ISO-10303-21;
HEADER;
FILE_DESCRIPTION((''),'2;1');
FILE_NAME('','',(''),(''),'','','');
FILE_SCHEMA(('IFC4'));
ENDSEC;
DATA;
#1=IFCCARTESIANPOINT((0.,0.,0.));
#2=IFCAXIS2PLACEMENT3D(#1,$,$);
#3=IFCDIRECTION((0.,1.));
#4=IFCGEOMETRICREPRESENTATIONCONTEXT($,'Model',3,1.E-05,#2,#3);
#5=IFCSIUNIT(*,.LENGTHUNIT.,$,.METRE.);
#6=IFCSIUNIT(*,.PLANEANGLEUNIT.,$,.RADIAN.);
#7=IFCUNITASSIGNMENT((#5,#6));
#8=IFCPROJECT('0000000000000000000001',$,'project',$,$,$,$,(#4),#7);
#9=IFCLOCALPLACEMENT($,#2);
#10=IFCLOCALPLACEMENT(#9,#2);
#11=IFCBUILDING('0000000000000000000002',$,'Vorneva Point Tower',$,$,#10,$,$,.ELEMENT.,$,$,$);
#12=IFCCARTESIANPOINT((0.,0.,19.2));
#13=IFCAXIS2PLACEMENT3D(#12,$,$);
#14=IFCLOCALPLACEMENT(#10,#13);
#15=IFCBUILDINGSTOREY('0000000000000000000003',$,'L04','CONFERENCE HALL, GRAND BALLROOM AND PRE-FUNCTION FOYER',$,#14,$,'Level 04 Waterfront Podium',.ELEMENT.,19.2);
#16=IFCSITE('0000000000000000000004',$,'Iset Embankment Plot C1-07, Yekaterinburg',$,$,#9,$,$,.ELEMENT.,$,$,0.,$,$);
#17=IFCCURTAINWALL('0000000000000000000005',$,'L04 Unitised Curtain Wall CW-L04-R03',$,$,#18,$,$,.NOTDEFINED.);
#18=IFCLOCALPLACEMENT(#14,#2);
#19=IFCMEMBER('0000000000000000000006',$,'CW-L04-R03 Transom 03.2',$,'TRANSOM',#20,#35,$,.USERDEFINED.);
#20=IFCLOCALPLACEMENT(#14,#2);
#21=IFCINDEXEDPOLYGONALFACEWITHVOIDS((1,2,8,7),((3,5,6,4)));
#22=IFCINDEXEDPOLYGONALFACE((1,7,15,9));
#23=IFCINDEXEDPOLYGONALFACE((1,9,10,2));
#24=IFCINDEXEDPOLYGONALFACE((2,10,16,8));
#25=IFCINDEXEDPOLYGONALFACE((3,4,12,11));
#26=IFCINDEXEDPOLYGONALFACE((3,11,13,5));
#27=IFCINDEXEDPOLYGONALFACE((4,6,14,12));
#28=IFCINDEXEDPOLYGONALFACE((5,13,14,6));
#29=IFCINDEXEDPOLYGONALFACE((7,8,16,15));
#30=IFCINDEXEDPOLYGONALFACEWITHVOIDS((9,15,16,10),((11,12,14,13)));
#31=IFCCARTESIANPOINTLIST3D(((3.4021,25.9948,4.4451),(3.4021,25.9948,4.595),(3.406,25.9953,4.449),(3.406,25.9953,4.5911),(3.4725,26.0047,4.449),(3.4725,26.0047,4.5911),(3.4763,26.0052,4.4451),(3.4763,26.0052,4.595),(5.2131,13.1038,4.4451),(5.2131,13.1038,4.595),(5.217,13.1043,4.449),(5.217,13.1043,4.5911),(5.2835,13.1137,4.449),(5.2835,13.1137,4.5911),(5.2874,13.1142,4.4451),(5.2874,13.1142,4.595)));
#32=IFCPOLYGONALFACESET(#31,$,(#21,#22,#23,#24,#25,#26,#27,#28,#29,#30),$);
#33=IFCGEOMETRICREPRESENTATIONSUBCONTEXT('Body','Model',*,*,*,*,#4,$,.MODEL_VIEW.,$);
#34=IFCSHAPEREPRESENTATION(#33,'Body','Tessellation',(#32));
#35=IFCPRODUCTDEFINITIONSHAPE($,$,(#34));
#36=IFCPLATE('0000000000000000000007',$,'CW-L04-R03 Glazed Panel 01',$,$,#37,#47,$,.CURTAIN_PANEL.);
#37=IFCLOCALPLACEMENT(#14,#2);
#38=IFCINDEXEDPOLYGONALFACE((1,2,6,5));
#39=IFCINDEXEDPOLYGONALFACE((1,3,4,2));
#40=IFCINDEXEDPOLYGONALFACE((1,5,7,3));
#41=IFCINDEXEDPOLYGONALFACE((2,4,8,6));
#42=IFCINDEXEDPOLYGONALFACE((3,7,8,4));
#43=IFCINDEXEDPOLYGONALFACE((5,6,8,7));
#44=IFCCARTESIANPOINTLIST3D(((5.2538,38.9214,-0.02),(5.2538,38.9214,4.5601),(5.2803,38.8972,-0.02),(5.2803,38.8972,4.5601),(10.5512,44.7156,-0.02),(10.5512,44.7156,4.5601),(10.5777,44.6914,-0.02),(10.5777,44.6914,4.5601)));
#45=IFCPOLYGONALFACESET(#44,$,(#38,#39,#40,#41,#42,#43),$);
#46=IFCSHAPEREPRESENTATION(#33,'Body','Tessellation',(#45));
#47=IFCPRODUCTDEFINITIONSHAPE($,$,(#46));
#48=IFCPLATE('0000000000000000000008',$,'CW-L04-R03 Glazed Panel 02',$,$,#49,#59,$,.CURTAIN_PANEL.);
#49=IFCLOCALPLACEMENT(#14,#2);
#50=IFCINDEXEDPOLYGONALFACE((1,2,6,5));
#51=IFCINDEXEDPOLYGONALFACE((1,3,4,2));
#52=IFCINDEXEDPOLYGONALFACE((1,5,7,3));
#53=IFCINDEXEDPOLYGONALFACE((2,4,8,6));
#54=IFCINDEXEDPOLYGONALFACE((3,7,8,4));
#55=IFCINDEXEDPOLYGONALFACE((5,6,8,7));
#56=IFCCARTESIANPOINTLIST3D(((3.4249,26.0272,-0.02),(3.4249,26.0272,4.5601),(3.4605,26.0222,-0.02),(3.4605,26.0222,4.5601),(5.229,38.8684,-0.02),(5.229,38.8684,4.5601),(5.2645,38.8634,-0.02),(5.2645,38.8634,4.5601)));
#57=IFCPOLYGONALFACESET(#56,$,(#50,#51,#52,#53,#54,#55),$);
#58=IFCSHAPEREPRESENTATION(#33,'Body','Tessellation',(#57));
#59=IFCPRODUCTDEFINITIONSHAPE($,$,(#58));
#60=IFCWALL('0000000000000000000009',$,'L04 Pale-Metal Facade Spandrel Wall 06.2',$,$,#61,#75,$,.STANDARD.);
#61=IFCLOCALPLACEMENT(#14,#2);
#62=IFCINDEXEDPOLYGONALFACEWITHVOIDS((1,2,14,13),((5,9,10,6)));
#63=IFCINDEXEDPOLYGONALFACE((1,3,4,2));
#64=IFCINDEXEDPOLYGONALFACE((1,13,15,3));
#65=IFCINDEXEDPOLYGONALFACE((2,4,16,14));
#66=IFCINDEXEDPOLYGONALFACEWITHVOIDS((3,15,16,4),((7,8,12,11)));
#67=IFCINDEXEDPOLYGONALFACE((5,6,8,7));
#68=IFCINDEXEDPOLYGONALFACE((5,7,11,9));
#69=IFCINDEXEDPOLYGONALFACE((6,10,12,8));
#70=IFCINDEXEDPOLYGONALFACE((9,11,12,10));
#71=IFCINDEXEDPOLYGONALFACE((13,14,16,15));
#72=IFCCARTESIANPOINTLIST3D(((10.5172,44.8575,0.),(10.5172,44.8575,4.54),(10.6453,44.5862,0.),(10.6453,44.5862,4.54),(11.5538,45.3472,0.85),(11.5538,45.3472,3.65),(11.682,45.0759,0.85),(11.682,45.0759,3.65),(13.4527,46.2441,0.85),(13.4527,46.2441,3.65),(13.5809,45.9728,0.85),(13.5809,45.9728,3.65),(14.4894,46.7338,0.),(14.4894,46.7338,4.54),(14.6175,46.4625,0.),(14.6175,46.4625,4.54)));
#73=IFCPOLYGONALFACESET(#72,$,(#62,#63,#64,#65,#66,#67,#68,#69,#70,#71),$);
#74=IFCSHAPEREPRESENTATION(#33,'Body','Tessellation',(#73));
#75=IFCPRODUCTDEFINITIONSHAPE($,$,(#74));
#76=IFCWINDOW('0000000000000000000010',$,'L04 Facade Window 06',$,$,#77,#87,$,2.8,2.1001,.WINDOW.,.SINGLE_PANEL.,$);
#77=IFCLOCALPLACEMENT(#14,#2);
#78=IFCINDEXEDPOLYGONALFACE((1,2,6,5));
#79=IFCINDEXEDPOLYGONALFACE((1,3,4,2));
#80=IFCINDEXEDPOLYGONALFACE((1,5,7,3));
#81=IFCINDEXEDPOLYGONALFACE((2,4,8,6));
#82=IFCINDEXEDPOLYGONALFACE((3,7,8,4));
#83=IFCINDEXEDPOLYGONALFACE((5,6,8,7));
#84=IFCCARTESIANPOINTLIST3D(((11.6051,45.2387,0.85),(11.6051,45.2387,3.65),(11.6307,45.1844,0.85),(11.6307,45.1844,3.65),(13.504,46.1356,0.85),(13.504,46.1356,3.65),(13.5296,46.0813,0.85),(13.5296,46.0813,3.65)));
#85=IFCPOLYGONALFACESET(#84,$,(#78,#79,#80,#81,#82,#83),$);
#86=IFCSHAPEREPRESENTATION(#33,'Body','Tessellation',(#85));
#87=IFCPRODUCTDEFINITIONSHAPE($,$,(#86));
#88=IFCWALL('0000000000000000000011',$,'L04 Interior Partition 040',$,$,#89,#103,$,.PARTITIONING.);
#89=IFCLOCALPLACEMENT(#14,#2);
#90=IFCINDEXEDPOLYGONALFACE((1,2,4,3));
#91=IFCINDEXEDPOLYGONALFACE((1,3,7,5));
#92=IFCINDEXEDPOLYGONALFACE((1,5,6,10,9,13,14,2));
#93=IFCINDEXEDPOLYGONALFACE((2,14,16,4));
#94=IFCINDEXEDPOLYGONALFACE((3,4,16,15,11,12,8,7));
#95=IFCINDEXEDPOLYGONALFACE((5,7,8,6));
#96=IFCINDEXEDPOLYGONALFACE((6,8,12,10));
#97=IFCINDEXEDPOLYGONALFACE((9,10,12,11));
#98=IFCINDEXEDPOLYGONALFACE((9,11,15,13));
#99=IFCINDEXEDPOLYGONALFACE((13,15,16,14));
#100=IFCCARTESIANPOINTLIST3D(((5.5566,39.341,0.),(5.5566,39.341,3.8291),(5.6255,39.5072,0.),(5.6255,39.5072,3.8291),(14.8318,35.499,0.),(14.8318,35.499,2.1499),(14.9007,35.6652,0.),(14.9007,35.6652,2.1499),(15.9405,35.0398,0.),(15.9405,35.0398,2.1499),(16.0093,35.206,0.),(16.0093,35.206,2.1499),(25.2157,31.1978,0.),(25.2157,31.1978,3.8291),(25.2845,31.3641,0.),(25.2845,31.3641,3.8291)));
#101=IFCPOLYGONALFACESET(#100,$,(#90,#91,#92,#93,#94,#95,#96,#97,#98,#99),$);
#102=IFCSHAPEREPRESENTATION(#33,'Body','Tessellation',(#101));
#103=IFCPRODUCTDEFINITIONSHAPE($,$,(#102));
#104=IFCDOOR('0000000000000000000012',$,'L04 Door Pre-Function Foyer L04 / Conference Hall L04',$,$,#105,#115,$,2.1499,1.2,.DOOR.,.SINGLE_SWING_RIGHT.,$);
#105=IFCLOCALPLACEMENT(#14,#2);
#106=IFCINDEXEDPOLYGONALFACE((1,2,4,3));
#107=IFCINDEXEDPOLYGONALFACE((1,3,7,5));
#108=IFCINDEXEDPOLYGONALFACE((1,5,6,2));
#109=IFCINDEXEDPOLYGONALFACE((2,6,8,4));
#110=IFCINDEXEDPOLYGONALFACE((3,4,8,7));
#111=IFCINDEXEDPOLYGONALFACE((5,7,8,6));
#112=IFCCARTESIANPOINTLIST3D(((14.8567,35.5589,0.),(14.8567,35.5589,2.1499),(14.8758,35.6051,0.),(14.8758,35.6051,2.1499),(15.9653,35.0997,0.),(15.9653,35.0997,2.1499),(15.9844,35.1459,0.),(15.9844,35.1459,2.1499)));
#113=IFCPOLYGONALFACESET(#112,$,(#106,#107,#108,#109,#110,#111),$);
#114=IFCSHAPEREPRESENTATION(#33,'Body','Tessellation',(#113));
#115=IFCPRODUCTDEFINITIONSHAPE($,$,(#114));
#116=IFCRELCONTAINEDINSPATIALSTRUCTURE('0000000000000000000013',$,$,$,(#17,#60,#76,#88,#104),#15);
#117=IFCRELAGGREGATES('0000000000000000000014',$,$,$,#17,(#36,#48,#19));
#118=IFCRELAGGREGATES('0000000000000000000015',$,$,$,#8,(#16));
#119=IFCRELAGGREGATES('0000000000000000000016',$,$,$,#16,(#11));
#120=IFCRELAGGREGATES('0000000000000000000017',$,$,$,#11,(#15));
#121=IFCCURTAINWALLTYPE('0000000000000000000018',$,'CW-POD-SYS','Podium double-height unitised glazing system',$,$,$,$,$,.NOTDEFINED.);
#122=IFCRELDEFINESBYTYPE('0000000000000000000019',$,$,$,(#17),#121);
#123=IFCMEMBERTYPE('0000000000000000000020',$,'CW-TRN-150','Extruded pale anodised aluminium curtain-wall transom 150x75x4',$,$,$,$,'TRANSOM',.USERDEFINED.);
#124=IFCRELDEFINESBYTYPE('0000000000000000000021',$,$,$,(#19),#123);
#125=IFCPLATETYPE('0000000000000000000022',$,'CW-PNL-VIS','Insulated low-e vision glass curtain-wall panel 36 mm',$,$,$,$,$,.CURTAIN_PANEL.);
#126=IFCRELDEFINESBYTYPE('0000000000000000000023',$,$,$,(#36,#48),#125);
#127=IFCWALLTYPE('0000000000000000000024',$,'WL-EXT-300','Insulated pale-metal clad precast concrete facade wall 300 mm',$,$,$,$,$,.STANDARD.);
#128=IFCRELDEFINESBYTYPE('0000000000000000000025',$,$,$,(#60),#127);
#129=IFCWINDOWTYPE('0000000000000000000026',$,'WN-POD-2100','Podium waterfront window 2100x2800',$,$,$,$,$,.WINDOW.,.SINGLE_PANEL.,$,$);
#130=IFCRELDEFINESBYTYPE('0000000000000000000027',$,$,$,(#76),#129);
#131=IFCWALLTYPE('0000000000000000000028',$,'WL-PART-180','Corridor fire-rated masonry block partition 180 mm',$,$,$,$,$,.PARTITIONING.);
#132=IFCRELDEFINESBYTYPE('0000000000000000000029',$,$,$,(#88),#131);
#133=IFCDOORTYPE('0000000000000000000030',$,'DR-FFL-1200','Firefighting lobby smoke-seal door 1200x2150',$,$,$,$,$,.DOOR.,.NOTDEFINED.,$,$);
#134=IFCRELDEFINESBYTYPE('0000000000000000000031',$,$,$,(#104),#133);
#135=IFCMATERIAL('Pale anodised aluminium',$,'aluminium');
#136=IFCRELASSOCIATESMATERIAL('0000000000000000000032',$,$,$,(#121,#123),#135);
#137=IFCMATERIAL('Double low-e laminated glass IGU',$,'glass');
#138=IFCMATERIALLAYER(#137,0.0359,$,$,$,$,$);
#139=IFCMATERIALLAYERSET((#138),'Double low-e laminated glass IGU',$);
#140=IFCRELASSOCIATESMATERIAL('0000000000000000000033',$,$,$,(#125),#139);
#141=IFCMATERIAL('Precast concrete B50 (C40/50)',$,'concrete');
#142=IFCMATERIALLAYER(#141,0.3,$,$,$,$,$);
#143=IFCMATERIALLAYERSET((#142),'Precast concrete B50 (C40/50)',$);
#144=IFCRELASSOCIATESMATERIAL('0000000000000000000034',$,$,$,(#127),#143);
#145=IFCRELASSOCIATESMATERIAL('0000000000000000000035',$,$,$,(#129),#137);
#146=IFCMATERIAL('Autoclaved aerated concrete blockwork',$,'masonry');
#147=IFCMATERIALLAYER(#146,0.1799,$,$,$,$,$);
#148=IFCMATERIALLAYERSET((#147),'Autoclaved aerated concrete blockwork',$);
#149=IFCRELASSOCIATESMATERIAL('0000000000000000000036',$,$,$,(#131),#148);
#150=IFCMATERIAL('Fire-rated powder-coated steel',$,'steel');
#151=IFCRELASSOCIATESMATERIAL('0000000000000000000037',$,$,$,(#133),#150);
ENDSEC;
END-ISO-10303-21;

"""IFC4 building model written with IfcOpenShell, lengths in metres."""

from ifc_helpers import new_model, si_unit, direction, frame, frame_2d, origin, origin_2d, place, context, subcontext, project, spatial, rectangle, hollow_rectangle, extrude, material, layer, layer_set, material_profile, profile_set, type_object, element, fill, aggregate, save


model = new_model("IFC4")

# Units and contexts
model_context = context("Model", 3, precision=1e-05, world=origin(), true_north=direction((0.0, 1.0)))
body_context = subcontext(model_context, "Body", "Model", "MODEL_VIEW")
ifc_project = project(units=[si_unit("LENGTHUNIT", "METRE"), si_unit("PLANEANGLEUNIT", "RADIAN")], contexts=[model_context])

# Site, building, storey
site_placement = place(None, origin())
site = spatial("IfcSite", under=ifc_project, at=site_placement, Name="Iset Embankment Plot C1-07, Yekaterinburg", CompositionType="ELEMENT", RefElevation=0.0)
building_placement = place(site_placement, origin())
building = spatial("IfcBuilding", under=site, at=building_placement, Name="Vorneva Point Tower", CompositionType="ELEMENT")
storey_placement = place(building_placement, frame((0.0, 0.0, 19.2)))
storey = spatial("IfcBuildingStorey", under=building, at=storey_placement, Name="L04", Description="CONFERENCE HALL, GRAND BALLROOM AND PRE-FUNCTION FOYER", LongName="Level 04 Waterfront Podium", CompositionType="ELEMENT", Elevation=19.2)

# Curtain wall, member, plates
ifc_material_1 = material(Name="Pale anodised aluminium", Category="aluminium")
curtain_wall_type = type_object("IfcCurtainWallType", Name="CW-POD-SYS", Description="Podium double-height unitised glazing system", PredefinedType="NOTDEFINED", material=ifc_material_1)
curtain_wall_placement = place(storey_placement, origin())
curtain_wall = element("IfcCurtainWall", 1, at=curtain_wall_placement, inside=storey, type_object=curtain_wall_type, Name="L04 Unitised Curtain Wall CW-L04-R03", PredefinedType="NOTDEFINED")
ifc_material_profile_1 = material_profile(ifc_material_1, hollow_rectangle(XDim=0.075, YDim=0.1499, WallThickness=0.0039, at=origin_2d()), Name="AL-TRN 150x75x4")
ifc_profile_set_1 = profile_set([ifc_material_profile_1], Name="Pale anodised aluminium")
member_type_1 = type_object("IfcMemberType", Name="CW-TRN-150", Description="Extruded pale anodised aluminium curtain-wall transom 150x75x4", ElementType="TRANSOM", PredefinedType="USERDEFINED", material=ifc_profile_set_1)
member_1_placement = place(storey_placement, frame((3.4392, 26.0, 4.52), z_axis=(0.139124, -0.990275, 0.0), x_axis=(0.990275, 0.139124, 0.0)))
member_1 = element("IfcMember", 2, at=member_1_placement, type_object=member_type_1, Name="CW-L04-R03 Transom 03.2", ObjectType="TRANSOM", PredefinedType="USERDEFINED", context=body_context, shape_type="SweptSolid", body=[
    extrude(hollow_rectangle(XDim=0.075, YDim=0.1499, WallThickness=0.0039, at=origin_2d()), origin(), (0.0, 0.0, 1.0), 13.0176),
])
ifc_material_2 = material(Name="Double low-e laminated glass IGU", Category="glass")
ifc_layer_1 = layer(ifc_material_2, 0.0359)
ifc_layer_set_1 = layer_set([ifc_layer_1], Name="Double low-e laminated glass IGU")
plate_type = type_object("IfcPlateType", Name="CW-PNL-VIS", Description="Insulated low-e vision glass curtain-wall panel 36 mm", PredefinedType="CURTAIN_PANEL", material=ifc_layer_set_1)
plate_1_placement = place(storey_placement, frame((7.9158, 41.8064, -0.02), z_axis=(0.0, 0.0, 1.0), x_axis=(-0.674753, -0.738043, 0.0)))
plate_1 = element("IfcPlate", 3, at=plate_1_placement, type_object=plate_type, Name="CW-L04-R03 Glazed Panel 01", PredefinedType="CURTAIN_PANEL", context=body_context, shape_type="SweptSolid", body=[
    extrude(rectangle(XDim=7.8508, YDim=0.0359, at=origin_2d()), origin(), (0.0, 0.0, 1.0), 4.5801),
])
plate_2_placement = place(storey_placement, frame((4.3447, 32.4453, -0.02), z_axis=(0.0, 0.0, 1.0), x_axis=(-0.139121, -0.990275, 0.0)))
plate_2 = element("IfcPlate", 4, at=plate_2_placement, type_object=plate_type, Name="CW-L04-R03 Glazed Panel 02", PredefinedType="CURTAIN_PANEL", context=body_context, shape_type="SweptSolid", body=[
    extrude(rectangle(XDim=12.9673, YDim=0.0359, at=origin_2d()), origin(), (0.0, 0.0, 1.0), 4.5801),
])
aggregate(curtain_wall, [plate_1, plate_2, member_1])

# Wall, opening, window
ifc_material_3 = material(Name="Precast concrete B50 (C40/50)", Category="concrete")
ifc_layer_2 = layer(ifc_material_3, 0.3)
ifc_layer_set_2 = layer_set([ifc_layer_2], Name="Precast concrete B50 (C40/50)")
wall_type_1 = type_object("IfcWallType", Name="WL-EXT-300", Description="Insulated pale-metal clad precast concrete facade wall 300 mm", PredefinedType="STANDARD", material=ifc_layer_set_2)
wall_1_placement = place(storey_placement, frame((14.5535, 46.5981, 0.0), z_axis=(0.0, 0.0, 1.0), x_axis=(-0.904207, -0.427095, 0.0)))
wall_1 = element("IfcWall", 5, at=wall_1_placement, inside=storey, type_object=wall_type_1, Name="L04 Pale-Metal Facade Spandrel Wall 06.2", PredefinedType="STANDARD", context=body_context, shape_type="SweptSolid", body=[
    extrude(rectangle(XDim=4.3931, YDim=0.3, at=frame_2d((2.1965, 0.0))), origin(), (0.0, 0.0, 1.0), 4.54),
])
opening_1_placement = place(wall_1_placement, frame((1.1465, 0.0, 0.8501)))
opening_1 = element("IfcOpeningElement", 6, at=opening_1_placement, cuts=wall_1, PredefinedType="OPENING", context=body_context, shape_type="SweptSolid", body=[
    extrude(rectangle(XDim=2.1001, YDim=2.8, at=frame_2d((1.05, 1.3999))), frame((0.0, 0.165, 0.0), z_axis=(0.0, -1.0, 0.0), x_axis=(1.0, 0.0, 0.0)), (0.0, 0.0, 1.0), 0.3298),
])
window_type = type_object("IfcWindowType", Name="WN-POD-2100", Description="Podium waterfront window 2100x2800", PartitioningType="SINGLE_PANEL", PredefinedType="WINDOW", material=ifc_material_2)
window_placement = place(opening_1_placement, origin())
window = element("IfcWindow", 7, at=window_placement, inside=storey, type_object=window_type, Name="L04 Facade Window 06", OverallHeight=2.8, OverallWidth=2.1001, PartitioningType="SINGLE_PANEL", PredefinedType="WINDOW", context=body_context, shape_type="SweptSolid", body=[
    extrude(rectangle(XDim=2.1001, YDim=2.8, at=frame_2d((1.05, 1.3999))), frame((0.0, 0.03, 0.0), z_axis=(0.0, -1.0, 0.0), x_axis=(1.0, 0.0, 0.0)), (0.0, 0.0, 1.0), 0.0601),
])
fill(opening_1, window)

# Wall, opening, door
ifc_material_4 = material(Name="Autoclaved aerated concrete blockwork", Category="masonry")
ifc_layer_3 = layer(ifc_material_4, 0.1799)
ifc_layer_set_3 = layer_set([ifc_layer_3], Name="Autoclaved aerated concrete blockwork")
wall_type_2 = type_object("IfcWallType", Name="WL-PART-180", Description="Corridor fire-rated masonry block partition 180 mm", PredefinedType="PARTITIONING", material=ifc_layer_set_3)
wall_2_placement = place(storey_placement, frame((5.5911, 39.4241, 0.0), z_axis=(0.0, 0.0, 1.0), x_axis=(0.923878, -0.382686, 0.0)))
wall_2 = element("IfcWall", 8, at=wall_2_placement, inside=storey, type_object=wall_type_2, Name="L04 Interior Partition 040", PredefinedType="PARTITIONING", context=body_context, shape_type="SweptSolid", body=[
    extrude(rectangle(XDim=21.2788, YDim=0.1799, at=frame_2d((10.6394, 0.0))), origin(), (0.0, 0.0, 1.0), 3.8291),
])
opening_2_placement = place(wall_2_placement, frame((10.0393, 0.0, 0.0)))
opening_2 = element("IfcOpeningElement", 9, at=opening_2_placement, cuts=wall_2, PredefinedType="OPENING", context=body_context, shape_type="SweptSolid", body=[
    extrude(rectangle(XDim=1.2, YDim=2.1499, at=frame_2d((0.6001, 1.075))), frame((0.0, 0.105, 0.0), z_axis=(0.0, -1.0, 0.0), x_axis=(1.0, 0.0, 0.0)), (0.0, 0.0, 1.0), 0.2097),
])
ifc_material_5 = material(Name="Fire-rated powder-coated steel", Category="steel")
door_type = type_object("IfcDoorType", Name="DR-FFL-1200", Description="Firefighting lobby smoke-seal door 1200x2150", OperationType="NOTDEFINED", PredefinedType="DOOR", material=ifc_material_5)
door_placement = place(opening_2_placement, origin())
door = element("IfcDoor", 10, at=door_placement, inside=storey, type_object=door_type, Name="L04 Door Pre-Function Foyer L04 / Conference Hall L04", OperationType="SINGLE_SWING_RIGHT", OverallHeight=2.1499, OverallWidth=1.2, PredefinedType="DOOR", context=body_context, shape_type="SweptSolid", body=[
    extrude(rectangle(XDim=1.2, YDim=2.1499, at=frame_2d((0.6001, 1.075))), frame((0.0, 0.0249, 0.0), z_axis=(0.0, -1.0, 0.0), x_axis=(1.0, 0.0, 0.0)), (0.0, 0.0, 1.0), 0.05),
])
fill(opening_2, door)

save(model, "model.ifc")
